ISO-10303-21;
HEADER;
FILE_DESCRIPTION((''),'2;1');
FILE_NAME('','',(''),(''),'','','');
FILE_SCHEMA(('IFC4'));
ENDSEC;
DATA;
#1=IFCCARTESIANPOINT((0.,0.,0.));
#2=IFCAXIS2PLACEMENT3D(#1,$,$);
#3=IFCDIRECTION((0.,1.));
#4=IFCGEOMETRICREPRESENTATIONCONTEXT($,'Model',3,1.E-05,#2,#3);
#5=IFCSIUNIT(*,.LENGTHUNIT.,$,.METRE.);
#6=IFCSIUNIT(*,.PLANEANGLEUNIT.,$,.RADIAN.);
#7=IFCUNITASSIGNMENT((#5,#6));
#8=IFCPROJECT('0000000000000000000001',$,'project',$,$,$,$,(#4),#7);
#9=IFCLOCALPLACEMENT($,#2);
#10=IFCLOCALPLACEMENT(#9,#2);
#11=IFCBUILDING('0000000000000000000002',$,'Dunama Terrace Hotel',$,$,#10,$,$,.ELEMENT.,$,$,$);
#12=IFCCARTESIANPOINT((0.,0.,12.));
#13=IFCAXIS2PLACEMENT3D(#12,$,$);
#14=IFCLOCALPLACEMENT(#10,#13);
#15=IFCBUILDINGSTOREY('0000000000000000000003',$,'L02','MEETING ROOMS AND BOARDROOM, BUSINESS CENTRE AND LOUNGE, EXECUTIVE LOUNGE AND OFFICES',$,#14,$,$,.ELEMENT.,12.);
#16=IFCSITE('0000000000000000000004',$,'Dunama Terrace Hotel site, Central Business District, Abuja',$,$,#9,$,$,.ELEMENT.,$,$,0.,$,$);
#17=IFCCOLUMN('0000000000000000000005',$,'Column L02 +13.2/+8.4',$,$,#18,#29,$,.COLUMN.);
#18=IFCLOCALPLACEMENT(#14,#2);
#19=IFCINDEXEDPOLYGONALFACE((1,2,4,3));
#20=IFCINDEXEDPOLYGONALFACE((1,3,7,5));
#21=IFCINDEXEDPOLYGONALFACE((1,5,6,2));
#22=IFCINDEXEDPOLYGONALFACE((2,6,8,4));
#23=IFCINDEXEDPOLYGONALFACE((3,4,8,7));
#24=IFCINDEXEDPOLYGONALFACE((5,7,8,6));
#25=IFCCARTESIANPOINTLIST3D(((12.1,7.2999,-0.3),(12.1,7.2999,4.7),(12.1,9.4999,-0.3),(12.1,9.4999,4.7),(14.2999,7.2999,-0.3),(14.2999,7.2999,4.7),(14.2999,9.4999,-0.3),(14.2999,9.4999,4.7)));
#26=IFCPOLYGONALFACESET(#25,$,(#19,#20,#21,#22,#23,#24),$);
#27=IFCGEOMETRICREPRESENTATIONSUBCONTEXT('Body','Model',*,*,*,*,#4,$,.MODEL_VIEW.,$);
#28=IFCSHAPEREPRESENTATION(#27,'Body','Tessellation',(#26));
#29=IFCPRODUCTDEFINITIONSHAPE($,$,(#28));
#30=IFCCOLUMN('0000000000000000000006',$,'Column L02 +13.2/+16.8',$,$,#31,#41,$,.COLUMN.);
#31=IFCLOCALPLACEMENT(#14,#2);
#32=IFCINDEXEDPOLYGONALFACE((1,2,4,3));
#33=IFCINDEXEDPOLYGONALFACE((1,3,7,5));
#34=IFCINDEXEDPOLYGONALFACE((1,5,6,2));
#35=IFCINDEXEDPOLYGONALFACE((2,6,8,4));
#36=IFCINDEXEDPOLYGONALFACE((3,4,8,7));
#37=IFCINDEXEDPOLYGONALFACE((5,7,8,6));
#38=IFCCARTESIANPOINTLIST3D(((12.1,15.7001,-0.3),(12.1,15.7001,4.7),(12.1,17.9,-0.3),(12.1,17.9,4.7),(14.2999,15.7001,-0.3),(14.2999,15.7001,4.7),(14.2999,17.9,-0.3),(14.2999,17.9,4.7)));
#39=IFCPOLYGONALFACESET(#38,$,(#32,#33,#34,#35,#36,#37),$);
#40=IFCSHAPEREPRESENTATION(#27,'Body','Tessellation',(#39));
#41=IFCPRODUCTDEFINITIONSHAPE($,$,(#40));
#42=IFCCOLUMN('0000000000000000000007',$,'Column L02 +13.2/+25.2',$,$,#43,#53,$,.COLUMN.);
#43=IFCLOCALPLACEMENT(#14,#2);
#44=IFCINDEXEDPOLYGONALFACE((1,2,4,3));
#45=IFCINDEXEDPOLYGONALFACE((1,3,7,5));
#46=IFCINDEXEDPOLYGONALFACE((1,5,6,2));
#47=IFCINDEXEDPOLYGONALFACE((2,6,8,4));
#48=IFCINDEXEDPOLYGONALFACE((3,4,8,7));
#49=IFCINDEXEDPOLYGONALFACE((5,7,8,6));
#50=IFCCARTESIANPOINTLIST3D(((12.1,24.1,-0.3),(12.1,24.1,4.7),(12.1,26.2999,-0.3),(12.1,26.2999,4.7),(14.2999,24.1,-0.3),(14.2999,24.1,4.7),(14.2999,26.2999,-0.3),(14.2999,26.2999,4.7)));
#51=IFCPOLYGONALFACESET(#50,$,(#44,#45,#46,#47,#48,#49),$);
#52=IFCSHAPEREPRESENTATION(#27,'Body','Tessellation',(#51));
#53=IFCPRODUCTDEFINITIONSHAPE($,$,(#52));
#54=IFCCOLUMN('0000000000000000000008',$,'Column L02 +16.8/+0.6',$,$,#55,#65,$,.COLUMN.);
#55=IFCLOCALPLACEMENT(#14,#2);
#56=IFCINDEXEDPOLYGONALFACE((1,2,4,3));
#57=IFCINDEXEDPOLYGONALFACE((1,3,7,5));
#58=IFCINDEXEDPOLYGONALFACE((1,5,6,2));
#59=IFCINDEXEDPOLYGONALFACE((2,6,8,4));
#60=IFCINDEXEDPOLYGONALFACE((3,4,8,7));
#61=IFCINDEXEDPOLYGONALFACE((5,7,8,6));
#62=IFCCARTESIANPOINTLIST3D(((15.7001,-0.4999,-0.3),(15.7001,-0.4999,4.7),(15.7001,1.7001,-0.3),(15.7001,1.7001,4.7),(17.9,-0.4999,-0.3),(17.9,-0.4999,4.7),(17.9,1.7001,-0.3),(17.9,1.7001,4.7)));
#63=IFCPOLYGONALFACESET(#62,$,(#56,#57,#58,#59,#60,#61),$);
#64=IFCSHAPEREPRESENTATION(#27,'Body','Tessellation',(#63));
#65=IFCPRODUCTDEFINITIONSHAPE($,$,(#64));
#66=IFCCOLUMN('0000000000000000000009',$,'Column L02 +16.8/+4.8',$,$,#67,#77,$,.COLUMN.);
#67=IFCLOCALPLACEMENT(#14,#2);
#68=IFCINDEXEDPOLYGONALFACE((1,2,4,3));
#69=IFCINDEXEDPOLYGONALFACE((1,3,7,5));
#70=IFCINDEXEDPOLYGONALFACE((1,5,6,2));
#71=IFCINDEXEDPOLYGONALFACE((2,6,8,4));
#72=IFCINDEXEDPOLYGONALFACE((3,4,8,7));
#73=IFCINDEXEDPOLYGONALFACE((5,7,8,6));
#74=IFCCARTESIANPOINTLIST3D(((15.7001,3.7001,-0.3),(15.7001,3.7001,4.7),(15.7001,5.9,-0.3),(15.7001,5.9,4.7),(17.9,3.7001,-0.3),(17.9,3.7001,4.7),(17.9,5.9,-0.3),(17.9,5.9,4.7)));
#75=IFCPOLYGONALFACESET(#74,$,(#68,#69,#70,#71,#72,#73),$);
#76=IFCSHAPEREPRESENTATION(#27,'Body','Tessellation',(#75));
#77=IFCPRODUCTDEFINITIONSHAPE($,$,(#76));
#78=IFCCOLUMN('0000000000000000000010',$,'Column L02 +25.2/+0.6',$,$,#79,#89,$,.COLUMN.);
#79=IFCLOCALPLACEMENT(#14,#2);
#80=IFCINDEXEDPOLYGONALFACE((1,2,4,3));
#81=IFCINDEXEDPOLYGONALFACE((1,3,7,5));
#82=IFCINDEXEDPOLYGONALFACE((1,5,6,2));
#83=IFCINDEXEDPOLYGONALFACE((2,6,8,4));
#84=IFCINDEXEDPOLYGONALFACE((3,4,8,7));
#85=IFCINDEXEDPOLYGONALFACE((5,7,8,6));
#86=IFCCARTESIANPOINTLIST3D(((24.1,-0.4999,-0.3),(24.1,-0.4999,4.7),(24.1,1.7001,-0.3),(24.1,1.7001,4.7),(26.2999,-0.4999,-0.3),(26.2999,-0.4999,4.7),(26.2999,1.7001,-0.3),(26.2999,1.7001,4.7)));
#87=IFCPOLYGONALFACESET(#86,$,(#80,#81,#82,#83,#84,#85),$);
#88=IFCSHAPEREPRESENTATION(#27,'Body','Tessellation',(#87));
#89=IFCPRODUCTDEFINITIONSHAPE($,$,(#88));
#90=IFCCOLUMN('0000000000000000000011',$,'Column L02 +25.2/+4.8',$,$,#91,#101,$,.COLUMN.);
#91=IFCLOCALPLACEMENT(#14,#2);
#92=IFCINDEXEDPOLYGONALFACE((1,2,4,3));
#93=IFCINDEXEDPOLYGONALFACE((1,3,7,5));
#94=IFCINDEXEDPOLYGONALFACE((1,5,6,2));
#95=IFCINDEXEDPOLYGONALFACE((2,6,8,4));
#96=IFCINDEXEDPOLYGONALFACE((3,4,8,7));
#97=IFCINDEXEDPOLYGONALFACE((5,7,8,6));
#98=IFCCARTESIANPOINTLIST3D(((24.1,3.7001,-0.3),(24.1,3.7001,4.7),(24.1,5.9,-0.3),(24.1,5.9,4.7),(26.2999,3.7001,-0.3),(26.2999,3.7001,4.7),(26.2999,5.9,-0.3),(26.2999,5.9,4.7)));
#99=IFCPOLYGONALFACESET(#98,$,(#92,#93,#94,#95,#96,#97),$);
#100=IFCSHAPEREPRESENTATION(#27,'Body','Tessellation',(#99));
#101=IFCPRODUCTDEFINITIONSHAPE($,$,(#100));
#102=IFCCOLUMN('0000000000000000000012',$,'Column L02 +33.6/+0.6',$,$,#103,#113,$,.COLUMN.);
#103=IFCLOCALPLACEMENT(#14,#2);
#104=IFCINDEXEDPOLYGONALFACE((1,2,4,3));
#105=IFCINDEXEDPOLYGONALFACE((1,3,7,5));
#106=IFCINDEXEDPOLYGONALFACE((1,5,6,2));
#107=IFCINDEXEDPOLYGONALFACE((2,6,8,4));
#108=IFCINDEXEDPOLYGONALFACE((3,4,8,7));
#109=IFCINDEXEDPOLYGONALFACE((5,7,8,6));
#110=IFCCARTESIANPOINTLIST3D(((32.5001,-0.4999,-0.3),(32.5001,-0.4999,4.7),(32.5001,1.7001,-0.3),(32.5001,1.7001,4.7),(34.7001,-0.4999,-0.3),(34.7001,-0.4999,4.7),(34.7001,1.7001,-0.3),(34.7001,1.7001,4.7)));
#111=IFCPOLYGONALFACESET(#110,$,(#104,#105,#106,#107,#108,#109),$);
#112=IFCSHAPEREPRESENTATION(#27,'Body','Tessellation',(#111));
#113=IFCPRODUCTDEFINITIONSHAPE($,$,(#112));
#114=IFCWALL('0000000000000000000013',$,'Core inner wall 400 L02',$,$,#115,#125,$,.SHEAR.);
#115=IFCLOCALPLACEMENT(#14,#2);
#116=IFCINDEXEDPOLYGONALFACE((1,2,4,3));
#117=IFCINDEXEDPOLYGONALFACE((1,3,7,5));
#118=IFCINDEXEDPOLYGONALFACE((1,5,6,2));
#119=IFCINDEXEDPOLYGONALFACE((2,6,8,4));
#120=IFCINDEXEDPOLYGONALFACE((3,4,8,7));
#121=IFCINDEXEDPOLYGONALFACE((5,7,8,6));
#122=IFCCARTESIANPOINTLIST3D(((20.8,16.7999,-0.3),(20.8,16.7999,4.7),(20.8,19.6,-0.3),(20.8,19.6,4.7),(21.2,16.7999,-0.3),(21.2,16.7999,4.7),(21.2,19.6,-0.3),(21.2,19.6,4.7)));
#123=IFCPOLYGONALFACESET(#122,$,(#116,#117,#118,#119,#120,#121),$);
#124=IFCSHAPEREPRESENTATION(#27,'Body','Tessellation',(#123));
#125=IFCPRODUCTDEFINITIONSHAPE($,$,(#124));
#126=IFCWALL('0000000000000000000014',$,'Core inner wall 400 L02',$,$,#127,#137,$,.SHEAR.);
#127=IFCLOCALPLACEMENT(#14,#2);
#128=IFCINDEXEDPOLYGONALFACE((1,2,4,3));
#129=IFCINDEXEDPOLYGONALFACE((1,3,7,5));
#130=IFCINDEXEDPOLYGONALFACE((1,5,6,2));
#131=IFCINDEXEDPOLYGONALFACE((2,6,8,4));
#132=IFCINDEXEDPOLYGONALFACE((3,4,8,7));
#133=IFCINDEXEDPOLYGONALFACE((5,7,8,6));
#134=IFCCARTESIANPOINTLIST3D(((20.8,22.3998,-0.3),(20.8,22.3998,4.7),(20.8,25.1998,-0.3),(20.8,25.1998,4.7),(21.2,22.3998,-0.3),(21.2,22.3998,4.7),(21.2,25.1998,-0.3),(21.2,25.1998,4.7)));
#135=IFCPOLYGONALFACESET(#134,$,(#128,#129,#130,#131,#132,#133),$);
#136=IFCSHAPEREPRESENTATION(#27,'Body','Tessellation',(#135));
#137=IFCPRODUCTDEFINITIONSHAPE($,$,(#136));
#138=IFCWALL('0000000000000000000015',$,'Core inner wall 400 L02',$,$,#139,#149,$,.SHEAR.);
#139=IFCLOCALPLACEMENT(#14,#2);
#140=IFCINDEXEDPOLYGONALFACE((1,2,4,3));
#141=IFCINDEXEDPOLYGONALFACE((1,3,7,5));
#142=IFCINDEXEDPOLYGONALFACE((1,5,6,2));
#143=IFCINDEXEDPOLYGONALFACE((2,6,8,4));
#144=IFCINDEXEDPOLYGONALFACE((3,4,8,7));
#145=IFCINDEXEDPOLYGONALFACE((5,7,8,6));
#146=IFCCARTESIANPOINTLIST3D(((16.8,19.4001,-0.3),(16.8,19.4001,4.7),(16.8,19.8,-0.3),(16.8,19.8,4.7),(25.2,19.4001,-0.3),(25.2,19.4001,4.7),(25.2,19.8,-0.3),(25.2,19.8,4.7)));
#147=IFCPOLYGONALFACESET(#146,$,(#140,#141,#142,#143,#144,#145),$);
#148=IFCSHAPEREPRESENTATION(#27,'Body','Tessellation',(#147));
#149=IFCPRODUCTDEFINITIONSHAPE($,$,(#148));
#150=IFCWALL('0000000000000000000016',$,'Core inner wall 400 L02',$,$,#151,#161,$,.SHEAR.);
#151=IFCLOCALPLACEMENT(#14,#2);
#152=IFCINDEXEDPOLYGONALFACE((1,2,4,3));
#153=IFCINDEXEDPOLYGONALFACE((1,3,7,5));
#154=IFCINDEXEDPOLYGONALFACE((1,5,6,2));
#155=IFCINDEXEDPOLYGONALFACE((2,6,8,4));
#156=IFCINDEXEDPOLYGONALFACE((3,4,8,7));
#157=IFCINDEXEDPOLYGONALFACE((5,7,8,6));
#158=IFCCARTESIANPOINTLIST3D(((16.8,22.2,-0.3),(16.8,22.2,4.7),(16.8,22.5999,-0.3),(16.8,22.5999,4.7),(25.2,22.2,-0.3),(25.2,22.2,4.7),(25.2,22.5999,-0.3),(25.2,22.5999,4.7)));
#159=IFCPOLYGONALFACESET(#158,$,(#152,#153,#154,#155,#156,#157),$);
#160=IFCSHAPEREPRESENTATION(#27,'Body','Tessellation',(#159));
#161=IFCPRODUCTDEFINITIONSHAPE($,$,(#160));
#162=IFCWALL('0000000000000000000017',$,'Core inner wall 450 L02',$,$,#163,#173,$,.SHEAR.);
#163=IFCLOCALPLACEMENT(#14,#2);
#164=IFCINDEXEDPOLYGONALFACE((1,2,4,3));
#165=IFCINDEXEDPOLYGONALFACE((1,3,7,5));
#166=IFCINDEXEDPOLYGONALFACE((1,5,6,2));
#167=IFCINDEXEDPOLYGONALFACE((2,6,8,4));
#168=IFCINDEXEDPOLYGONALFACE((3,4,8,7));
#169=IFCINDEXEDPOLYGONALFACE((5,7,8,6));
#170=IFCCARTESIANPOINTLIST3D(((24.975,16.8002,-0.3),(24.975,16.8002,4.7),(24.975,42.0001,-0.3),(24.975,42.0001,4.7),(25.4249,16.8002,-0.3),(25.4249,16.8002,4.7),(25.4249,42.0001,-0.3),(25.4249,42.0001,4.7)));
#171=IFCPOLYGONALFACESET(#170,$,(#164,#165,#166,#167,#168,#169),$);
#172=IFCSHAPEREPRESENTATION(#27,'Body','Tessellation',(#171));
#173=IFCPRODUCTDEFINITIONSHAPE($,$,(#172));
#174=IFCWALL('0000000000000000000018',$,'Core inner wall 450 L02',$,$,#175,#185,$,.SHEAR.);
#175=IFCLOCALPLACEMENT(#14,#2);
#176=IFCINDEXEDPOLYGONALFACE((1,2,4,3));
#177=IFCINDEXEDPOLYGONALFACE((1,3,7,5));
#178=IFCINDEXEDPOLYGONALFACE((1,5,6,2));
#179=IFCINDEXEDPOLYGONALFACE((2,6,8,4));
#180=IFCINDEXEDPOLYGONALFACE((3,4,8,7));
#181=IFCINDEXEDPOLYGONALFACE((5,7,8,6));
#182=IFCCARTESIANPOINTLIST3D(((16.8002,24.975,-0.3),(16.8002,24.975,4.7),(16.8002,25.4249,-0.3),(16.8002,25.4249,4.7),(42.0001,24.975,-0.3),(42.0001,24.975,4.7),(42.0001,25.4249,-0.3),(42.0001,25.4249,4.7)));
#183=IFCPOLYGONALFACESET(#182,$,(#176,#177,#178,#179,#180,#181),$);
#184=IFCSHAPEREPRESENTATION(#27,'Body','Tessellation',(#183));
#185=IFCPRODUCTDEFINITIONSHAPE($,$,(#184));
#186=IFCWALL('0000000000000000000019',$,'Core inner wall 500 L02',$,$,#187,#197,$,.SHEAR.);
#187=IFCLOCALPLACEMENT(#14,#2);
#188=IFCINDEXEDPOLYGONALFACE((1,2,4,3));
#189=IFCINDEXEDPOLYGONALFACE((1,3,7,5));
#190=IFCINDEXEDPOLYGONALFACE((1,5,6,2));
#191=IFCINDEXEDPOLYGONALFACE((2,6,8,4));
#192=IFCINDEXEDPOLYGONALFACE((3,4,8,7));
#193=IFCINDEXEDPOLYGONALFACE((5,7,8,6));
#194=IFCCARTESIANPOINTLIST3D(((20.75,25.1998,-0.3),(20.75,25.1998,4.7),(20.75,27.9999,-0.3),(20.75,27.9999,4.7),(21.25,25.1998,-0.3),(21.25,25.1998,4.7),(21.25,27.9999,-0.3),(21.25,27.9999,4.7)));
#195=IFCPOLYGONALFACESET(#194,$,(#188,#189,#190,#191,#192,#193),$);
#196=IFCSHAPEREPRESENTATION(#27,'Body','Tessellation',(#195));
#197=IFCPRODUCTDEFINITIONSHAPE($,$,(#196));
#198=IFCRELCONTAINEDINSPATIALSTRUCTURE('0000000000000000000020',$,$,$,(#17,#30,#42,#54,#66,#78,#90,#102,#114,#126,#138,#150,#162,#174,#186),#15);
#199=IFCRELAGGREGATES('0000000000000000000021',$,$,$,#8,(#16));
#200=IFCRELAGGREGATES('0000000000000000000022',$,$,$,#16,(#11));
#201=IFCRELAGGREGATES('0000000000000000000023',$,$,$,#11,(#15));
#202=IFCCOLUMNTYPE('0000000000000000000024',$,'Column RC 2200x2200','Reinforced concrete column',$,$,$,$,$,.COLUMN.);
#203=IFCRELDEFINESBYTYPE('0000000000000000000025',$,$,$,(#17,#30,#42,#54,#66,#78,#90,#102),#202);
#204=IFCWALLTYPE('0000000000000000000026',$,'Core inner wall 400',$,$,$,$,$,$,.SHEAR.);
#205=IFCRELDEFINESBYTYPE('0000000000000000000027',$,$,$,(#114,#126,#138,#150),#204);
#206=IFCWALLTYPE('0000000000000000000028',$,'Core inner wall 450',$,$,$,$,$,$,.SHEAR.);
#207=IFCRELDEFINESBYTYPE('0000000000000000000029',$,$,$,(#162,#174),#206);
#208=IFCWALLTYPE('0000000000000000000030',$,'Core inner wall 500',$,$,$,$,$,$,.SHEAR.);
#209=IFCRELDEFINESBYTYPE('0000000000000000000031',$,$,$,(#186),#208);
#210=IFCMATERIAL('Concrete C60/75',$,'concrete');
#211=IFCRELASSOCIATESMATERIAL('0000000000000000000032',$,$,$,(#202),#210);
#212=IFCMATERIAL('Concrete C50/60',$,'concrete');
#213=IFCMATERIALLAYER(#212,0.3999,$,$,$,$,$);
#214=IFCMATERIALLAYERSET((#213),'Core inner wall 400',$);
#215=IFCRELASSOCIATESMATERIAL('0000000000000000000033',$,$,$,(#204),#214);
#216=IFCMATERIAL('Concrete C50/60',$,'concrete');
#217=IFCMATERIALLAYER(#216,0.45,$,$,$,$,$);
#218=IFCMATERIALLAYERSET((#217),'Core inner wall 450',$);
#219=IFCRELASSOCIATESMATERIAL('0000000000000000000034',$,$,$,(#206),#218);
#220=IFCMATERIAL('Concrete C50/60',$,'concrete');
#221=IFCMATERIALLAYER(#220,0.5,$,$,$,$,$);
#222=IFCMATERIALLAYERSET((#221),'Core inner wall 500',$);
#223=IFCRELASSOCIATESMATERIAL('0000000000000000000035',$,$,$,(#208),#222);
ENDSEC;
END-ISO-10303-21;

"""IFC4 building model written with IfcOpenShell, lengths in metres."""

from ifc_helpers import new_model, si_unit, direction, frame, frame_2d, origin, origin_2d, place, context, subcontext, project, spatial, rectangle, extrude, material, layer, layer_set, material_profile, profile_set, type_object, element, save


model = new_model("IFC4")

# Units and contexts
model_context = context("Model", 3, precision=1e-05, world=origin(), true_north=direction((0.0, 1.0)))
body_context = subcontext(model_context, "Body", "Model", "MODEL_VIEW")
ifc_project = project(units=[si_unit("LENGTHUNIT", "METRE"), si_unit("PLANEANGLEUNIT", "RADIAN")], contexts=[model_context])

# Site, building, storey
site_placement = place(None, origin())
site = spatial("IfcSite", under=ifc_project, at=site_placement, Name="Dunama Terrace Hotel site, Central Business District, Abuja", CompositionType="ELEMENT", RefElevation=0.0)
building_placement = place(site_placement, origin())
building = spatial("IfcBuilding", under=site, at=building_placement, Name="Dunama Terrace Hotel", CompositionType="ELEMENT")
storey_placement = place(building_placement, frame((0.0, 0.0, 12.0)))
storey = spatial("IfcBuildingStorey", under=building, at=storey_placement, Name="L02", Description="MEETING ROOMS AND BOARDROOM, BUSINESS CENTRE AND LOUNGE, EXECUTIVE LOUNGE AND OFFICES", CompositionType="ELEMENT", Elevation=12.0)

# Columns
ifc_material_1 = material(Name="Concrete C60/75", Category="concrete")
ifc_material_profile = material_profile(ifc_material_1, rectangle(XDim=2.2, YDim=2.2, at=origin_2d()), Name="RC 2200x2200")
ifc_profile_set = profile_set([ifc_material_profile], Name="Concrete C60/75")
column_type = type_object("IfcColumnType", Name="Column RC 2200x2200", Description="Reinforced concrete column", PredefinedType="COLUMN", material=ifc_profile_set)
for number, where, z_axis, x_axis, name in (
    (1, (13.2, 8.3999, -0.3), (0.0, 0.0, 1.0), (1.0, 0.0, 0.0), "Column L02 +13.2/+8.4"),
    (2, (13.2, 16.8, -0.3), (0.0, 0.0, 1.0), (1.0, 0.0, 0.0), "Column L02 +13.2/+16.8"),
    (3, (13.2, 25.2, -0.3), (0.0, 0.0, 1.0), (1.0, 0.0, 0.0), "Column L02 +13.2/+25.2"),
    (4, (16.8, 0.6001, -0.3), (0.0, 0.0, 1.0), (1.0, 0.0, 0.0), "Column L02 +16.8/+0.6"),
    (5, (16.8, 4.8, -0.3), (0.0, 0.0, 1.0), (1.0, 0.0, 0.0), "Column L02 +16.8/+4.8"),
    (6, (25.2, 0.6001, -0.3), (0.0, 0.0, 1.0), (1.0, 0.0, 0.0), "Column L02 +25.2/+0.6"),
    (7, (25.2, 4.8, -0.3), (0.0, 0.0, 1.0), (1.0, 0.0, 0.0), "Column L02 +25.2/+4.8"),
    (8, (33.6001, 0.6001, -0.3), (0.0, 0.0, 1.0), (1.0, 0.0, 0.0), "Column L02 +33.6/+0.6"),
):
    element("IfcColumn", number, at=place(storey_placement, frame(where, z_axis=z_axis, x_axis=x_axis)), inside=storey, type_object=column_type, Name=name, PredefinedType="COLUMN", context=body_context, shape_type="SweptSolid", body=[
        extrude(rectangle(XDim=2.2, YDim=2.2, at=origin_2d()), origin(), (0.0, 0.0, 1.0), 5.0),
    ])

# Walls
ifc_material_2 = material(Name="Concrete C50/60", Category="concrete")
ifc_layer_1 = layer(ifc_material_2, 0.3999)
ifc_layer_set_1 = layer_set([ifc_layer_1], Name="Core inner wall 400")
wall_type_1 = type_object("IfcWallType", Name="Core inner wall 400", PredefinedType="SHEAR", material=ifc_layer_set_1)
for number, where, z_axis, x_axis, name in (
    (9, (21.0, 16.8, -0.3), (0.0, 0.0, 1.0), (0.0, 1.0, 0.0), "Core inner wall 400 L02"),
    (10, (21.0, 22.3999, -0.3), (0.0, 0.0, 1.0), (0.0, 1.0, 0.0), "Core inner wall 400 L02"),
):
    element("IfcWall", number, at=place(storey_placement, frame(where, z_axis=z_axis, x_axis=x_axis)), inside=storey, type_object=wall_type_1, Name=name, PredefinedType="SHEAR", context=body_context, shape_type="SweptSolid", body=[
        extrude(rectangle(XDim=2.8, YDim=0.3999, at=frame_2d((1.3999, 0.0))), origin(), (0.0, 0.0, 1.0), 5.0),
    ])
for number, where, z_axis, x_axis, name in (
    (11, (16.8, 19.6001, -0.3), (0.0, 0.0, 1.0), (1.0, 0.0, 0.0), "Core inner wall 400 L02"),
    (12, (16.8, 22.3999, -0.3), (0.0, 0.0, 1.0), (1.0, 0.0, 0.0), "Core inner wall 400 L02"),
):
    element("IfcWall", number, at=place(storey_placement, frame(where, z_axis=z_axis, x_axis=x_axis)), inside=storey, type_object=wall_type_1, Name=name, PredefinedType="SHEAR", context=body_context, shape_type="SweptSolid", body=[
        extrude(rectangle(XDim=8.3999, YDim=0.3999, at=frame_2d((4.2, 0.0))), origin(), (0.0, 0.0, 1.0), 5.0),
    ])
ifc_material_3 = material(Name="Concrete C50/60", Category="concrete")
ifc_layer_2 = layer(ifc_material_3, 0.45)
ifc_layer_set_2 = layer_set([ifc_layer_2], Name="Core inner wall 450")
wall_type_2 = type_object("IfcWallType", Name="Core inner wall 450", PredefinedType="SHEAR", material=ifc_layer_set_2)
for number, where, z_axis, x_axis, name in (
    (13, (25.2, 16.8, -0.3), (0.0, 0.0, 1.0), (0.0, 1.0, 0.0), "Core inner wall 450 L02"),
    (14, (16.8, 25.2, -0.3), (0.0, 0.0, 1.0), (1.0, 0.0, 0.0), "Core inner wall 450 L02"),
):
    element("IfcWall", number, at=place(storey_placement, frame(where, z_axis=z_axis, x_axis=x_axis)), inside=storey, type_object=wall_type_2, Name=name, PredefinedType="SHEAR", context=body_context, shape_type="SweptSolid", body=[
        extrude(rectangle(XDim=25.2, YDim=0.45, at=frame_2d((12.6001, 0.0))), origin(), (0.0, 0.0, 1.0), 5.0),
    ])
ifc_material_4 = material(Name="Concrete C50/60", Category="concrete")
ifc_layer_3 = layer(ifc_material_4, 0.5)
ifc_layer_set_3 = layer_set([ifc_layer_3], Name="Core inner wall 500")
wall_type_3 = type_object("IfcWallType", Name="Core inner wall 500", PredefinedType="SHEAR", material=ifc_layer_set_3)
wall_1_placement = place(storey_placement, frame((21.0, 25.2, -0.3), z_axis=(0.0, 0.0, 1.0), x_axis=(0.0, 1.0, 0.0)))
element("IfcWall", 15, at=wall_1_placement, inside=storey, type_object=wall_type_3, Name="Core inner wall 500 L02", PredefinedType="SHEAR", context=body_context, shape_type="SweptSolid", body=[
    extrude(rectangle(XDim=2.8, YDim=0.5, at=frame_2d((1.3999, 0.0))), origin(), (0.0, 0.0, 1.0), 5.0),
])

save(model, "model.ifc")
